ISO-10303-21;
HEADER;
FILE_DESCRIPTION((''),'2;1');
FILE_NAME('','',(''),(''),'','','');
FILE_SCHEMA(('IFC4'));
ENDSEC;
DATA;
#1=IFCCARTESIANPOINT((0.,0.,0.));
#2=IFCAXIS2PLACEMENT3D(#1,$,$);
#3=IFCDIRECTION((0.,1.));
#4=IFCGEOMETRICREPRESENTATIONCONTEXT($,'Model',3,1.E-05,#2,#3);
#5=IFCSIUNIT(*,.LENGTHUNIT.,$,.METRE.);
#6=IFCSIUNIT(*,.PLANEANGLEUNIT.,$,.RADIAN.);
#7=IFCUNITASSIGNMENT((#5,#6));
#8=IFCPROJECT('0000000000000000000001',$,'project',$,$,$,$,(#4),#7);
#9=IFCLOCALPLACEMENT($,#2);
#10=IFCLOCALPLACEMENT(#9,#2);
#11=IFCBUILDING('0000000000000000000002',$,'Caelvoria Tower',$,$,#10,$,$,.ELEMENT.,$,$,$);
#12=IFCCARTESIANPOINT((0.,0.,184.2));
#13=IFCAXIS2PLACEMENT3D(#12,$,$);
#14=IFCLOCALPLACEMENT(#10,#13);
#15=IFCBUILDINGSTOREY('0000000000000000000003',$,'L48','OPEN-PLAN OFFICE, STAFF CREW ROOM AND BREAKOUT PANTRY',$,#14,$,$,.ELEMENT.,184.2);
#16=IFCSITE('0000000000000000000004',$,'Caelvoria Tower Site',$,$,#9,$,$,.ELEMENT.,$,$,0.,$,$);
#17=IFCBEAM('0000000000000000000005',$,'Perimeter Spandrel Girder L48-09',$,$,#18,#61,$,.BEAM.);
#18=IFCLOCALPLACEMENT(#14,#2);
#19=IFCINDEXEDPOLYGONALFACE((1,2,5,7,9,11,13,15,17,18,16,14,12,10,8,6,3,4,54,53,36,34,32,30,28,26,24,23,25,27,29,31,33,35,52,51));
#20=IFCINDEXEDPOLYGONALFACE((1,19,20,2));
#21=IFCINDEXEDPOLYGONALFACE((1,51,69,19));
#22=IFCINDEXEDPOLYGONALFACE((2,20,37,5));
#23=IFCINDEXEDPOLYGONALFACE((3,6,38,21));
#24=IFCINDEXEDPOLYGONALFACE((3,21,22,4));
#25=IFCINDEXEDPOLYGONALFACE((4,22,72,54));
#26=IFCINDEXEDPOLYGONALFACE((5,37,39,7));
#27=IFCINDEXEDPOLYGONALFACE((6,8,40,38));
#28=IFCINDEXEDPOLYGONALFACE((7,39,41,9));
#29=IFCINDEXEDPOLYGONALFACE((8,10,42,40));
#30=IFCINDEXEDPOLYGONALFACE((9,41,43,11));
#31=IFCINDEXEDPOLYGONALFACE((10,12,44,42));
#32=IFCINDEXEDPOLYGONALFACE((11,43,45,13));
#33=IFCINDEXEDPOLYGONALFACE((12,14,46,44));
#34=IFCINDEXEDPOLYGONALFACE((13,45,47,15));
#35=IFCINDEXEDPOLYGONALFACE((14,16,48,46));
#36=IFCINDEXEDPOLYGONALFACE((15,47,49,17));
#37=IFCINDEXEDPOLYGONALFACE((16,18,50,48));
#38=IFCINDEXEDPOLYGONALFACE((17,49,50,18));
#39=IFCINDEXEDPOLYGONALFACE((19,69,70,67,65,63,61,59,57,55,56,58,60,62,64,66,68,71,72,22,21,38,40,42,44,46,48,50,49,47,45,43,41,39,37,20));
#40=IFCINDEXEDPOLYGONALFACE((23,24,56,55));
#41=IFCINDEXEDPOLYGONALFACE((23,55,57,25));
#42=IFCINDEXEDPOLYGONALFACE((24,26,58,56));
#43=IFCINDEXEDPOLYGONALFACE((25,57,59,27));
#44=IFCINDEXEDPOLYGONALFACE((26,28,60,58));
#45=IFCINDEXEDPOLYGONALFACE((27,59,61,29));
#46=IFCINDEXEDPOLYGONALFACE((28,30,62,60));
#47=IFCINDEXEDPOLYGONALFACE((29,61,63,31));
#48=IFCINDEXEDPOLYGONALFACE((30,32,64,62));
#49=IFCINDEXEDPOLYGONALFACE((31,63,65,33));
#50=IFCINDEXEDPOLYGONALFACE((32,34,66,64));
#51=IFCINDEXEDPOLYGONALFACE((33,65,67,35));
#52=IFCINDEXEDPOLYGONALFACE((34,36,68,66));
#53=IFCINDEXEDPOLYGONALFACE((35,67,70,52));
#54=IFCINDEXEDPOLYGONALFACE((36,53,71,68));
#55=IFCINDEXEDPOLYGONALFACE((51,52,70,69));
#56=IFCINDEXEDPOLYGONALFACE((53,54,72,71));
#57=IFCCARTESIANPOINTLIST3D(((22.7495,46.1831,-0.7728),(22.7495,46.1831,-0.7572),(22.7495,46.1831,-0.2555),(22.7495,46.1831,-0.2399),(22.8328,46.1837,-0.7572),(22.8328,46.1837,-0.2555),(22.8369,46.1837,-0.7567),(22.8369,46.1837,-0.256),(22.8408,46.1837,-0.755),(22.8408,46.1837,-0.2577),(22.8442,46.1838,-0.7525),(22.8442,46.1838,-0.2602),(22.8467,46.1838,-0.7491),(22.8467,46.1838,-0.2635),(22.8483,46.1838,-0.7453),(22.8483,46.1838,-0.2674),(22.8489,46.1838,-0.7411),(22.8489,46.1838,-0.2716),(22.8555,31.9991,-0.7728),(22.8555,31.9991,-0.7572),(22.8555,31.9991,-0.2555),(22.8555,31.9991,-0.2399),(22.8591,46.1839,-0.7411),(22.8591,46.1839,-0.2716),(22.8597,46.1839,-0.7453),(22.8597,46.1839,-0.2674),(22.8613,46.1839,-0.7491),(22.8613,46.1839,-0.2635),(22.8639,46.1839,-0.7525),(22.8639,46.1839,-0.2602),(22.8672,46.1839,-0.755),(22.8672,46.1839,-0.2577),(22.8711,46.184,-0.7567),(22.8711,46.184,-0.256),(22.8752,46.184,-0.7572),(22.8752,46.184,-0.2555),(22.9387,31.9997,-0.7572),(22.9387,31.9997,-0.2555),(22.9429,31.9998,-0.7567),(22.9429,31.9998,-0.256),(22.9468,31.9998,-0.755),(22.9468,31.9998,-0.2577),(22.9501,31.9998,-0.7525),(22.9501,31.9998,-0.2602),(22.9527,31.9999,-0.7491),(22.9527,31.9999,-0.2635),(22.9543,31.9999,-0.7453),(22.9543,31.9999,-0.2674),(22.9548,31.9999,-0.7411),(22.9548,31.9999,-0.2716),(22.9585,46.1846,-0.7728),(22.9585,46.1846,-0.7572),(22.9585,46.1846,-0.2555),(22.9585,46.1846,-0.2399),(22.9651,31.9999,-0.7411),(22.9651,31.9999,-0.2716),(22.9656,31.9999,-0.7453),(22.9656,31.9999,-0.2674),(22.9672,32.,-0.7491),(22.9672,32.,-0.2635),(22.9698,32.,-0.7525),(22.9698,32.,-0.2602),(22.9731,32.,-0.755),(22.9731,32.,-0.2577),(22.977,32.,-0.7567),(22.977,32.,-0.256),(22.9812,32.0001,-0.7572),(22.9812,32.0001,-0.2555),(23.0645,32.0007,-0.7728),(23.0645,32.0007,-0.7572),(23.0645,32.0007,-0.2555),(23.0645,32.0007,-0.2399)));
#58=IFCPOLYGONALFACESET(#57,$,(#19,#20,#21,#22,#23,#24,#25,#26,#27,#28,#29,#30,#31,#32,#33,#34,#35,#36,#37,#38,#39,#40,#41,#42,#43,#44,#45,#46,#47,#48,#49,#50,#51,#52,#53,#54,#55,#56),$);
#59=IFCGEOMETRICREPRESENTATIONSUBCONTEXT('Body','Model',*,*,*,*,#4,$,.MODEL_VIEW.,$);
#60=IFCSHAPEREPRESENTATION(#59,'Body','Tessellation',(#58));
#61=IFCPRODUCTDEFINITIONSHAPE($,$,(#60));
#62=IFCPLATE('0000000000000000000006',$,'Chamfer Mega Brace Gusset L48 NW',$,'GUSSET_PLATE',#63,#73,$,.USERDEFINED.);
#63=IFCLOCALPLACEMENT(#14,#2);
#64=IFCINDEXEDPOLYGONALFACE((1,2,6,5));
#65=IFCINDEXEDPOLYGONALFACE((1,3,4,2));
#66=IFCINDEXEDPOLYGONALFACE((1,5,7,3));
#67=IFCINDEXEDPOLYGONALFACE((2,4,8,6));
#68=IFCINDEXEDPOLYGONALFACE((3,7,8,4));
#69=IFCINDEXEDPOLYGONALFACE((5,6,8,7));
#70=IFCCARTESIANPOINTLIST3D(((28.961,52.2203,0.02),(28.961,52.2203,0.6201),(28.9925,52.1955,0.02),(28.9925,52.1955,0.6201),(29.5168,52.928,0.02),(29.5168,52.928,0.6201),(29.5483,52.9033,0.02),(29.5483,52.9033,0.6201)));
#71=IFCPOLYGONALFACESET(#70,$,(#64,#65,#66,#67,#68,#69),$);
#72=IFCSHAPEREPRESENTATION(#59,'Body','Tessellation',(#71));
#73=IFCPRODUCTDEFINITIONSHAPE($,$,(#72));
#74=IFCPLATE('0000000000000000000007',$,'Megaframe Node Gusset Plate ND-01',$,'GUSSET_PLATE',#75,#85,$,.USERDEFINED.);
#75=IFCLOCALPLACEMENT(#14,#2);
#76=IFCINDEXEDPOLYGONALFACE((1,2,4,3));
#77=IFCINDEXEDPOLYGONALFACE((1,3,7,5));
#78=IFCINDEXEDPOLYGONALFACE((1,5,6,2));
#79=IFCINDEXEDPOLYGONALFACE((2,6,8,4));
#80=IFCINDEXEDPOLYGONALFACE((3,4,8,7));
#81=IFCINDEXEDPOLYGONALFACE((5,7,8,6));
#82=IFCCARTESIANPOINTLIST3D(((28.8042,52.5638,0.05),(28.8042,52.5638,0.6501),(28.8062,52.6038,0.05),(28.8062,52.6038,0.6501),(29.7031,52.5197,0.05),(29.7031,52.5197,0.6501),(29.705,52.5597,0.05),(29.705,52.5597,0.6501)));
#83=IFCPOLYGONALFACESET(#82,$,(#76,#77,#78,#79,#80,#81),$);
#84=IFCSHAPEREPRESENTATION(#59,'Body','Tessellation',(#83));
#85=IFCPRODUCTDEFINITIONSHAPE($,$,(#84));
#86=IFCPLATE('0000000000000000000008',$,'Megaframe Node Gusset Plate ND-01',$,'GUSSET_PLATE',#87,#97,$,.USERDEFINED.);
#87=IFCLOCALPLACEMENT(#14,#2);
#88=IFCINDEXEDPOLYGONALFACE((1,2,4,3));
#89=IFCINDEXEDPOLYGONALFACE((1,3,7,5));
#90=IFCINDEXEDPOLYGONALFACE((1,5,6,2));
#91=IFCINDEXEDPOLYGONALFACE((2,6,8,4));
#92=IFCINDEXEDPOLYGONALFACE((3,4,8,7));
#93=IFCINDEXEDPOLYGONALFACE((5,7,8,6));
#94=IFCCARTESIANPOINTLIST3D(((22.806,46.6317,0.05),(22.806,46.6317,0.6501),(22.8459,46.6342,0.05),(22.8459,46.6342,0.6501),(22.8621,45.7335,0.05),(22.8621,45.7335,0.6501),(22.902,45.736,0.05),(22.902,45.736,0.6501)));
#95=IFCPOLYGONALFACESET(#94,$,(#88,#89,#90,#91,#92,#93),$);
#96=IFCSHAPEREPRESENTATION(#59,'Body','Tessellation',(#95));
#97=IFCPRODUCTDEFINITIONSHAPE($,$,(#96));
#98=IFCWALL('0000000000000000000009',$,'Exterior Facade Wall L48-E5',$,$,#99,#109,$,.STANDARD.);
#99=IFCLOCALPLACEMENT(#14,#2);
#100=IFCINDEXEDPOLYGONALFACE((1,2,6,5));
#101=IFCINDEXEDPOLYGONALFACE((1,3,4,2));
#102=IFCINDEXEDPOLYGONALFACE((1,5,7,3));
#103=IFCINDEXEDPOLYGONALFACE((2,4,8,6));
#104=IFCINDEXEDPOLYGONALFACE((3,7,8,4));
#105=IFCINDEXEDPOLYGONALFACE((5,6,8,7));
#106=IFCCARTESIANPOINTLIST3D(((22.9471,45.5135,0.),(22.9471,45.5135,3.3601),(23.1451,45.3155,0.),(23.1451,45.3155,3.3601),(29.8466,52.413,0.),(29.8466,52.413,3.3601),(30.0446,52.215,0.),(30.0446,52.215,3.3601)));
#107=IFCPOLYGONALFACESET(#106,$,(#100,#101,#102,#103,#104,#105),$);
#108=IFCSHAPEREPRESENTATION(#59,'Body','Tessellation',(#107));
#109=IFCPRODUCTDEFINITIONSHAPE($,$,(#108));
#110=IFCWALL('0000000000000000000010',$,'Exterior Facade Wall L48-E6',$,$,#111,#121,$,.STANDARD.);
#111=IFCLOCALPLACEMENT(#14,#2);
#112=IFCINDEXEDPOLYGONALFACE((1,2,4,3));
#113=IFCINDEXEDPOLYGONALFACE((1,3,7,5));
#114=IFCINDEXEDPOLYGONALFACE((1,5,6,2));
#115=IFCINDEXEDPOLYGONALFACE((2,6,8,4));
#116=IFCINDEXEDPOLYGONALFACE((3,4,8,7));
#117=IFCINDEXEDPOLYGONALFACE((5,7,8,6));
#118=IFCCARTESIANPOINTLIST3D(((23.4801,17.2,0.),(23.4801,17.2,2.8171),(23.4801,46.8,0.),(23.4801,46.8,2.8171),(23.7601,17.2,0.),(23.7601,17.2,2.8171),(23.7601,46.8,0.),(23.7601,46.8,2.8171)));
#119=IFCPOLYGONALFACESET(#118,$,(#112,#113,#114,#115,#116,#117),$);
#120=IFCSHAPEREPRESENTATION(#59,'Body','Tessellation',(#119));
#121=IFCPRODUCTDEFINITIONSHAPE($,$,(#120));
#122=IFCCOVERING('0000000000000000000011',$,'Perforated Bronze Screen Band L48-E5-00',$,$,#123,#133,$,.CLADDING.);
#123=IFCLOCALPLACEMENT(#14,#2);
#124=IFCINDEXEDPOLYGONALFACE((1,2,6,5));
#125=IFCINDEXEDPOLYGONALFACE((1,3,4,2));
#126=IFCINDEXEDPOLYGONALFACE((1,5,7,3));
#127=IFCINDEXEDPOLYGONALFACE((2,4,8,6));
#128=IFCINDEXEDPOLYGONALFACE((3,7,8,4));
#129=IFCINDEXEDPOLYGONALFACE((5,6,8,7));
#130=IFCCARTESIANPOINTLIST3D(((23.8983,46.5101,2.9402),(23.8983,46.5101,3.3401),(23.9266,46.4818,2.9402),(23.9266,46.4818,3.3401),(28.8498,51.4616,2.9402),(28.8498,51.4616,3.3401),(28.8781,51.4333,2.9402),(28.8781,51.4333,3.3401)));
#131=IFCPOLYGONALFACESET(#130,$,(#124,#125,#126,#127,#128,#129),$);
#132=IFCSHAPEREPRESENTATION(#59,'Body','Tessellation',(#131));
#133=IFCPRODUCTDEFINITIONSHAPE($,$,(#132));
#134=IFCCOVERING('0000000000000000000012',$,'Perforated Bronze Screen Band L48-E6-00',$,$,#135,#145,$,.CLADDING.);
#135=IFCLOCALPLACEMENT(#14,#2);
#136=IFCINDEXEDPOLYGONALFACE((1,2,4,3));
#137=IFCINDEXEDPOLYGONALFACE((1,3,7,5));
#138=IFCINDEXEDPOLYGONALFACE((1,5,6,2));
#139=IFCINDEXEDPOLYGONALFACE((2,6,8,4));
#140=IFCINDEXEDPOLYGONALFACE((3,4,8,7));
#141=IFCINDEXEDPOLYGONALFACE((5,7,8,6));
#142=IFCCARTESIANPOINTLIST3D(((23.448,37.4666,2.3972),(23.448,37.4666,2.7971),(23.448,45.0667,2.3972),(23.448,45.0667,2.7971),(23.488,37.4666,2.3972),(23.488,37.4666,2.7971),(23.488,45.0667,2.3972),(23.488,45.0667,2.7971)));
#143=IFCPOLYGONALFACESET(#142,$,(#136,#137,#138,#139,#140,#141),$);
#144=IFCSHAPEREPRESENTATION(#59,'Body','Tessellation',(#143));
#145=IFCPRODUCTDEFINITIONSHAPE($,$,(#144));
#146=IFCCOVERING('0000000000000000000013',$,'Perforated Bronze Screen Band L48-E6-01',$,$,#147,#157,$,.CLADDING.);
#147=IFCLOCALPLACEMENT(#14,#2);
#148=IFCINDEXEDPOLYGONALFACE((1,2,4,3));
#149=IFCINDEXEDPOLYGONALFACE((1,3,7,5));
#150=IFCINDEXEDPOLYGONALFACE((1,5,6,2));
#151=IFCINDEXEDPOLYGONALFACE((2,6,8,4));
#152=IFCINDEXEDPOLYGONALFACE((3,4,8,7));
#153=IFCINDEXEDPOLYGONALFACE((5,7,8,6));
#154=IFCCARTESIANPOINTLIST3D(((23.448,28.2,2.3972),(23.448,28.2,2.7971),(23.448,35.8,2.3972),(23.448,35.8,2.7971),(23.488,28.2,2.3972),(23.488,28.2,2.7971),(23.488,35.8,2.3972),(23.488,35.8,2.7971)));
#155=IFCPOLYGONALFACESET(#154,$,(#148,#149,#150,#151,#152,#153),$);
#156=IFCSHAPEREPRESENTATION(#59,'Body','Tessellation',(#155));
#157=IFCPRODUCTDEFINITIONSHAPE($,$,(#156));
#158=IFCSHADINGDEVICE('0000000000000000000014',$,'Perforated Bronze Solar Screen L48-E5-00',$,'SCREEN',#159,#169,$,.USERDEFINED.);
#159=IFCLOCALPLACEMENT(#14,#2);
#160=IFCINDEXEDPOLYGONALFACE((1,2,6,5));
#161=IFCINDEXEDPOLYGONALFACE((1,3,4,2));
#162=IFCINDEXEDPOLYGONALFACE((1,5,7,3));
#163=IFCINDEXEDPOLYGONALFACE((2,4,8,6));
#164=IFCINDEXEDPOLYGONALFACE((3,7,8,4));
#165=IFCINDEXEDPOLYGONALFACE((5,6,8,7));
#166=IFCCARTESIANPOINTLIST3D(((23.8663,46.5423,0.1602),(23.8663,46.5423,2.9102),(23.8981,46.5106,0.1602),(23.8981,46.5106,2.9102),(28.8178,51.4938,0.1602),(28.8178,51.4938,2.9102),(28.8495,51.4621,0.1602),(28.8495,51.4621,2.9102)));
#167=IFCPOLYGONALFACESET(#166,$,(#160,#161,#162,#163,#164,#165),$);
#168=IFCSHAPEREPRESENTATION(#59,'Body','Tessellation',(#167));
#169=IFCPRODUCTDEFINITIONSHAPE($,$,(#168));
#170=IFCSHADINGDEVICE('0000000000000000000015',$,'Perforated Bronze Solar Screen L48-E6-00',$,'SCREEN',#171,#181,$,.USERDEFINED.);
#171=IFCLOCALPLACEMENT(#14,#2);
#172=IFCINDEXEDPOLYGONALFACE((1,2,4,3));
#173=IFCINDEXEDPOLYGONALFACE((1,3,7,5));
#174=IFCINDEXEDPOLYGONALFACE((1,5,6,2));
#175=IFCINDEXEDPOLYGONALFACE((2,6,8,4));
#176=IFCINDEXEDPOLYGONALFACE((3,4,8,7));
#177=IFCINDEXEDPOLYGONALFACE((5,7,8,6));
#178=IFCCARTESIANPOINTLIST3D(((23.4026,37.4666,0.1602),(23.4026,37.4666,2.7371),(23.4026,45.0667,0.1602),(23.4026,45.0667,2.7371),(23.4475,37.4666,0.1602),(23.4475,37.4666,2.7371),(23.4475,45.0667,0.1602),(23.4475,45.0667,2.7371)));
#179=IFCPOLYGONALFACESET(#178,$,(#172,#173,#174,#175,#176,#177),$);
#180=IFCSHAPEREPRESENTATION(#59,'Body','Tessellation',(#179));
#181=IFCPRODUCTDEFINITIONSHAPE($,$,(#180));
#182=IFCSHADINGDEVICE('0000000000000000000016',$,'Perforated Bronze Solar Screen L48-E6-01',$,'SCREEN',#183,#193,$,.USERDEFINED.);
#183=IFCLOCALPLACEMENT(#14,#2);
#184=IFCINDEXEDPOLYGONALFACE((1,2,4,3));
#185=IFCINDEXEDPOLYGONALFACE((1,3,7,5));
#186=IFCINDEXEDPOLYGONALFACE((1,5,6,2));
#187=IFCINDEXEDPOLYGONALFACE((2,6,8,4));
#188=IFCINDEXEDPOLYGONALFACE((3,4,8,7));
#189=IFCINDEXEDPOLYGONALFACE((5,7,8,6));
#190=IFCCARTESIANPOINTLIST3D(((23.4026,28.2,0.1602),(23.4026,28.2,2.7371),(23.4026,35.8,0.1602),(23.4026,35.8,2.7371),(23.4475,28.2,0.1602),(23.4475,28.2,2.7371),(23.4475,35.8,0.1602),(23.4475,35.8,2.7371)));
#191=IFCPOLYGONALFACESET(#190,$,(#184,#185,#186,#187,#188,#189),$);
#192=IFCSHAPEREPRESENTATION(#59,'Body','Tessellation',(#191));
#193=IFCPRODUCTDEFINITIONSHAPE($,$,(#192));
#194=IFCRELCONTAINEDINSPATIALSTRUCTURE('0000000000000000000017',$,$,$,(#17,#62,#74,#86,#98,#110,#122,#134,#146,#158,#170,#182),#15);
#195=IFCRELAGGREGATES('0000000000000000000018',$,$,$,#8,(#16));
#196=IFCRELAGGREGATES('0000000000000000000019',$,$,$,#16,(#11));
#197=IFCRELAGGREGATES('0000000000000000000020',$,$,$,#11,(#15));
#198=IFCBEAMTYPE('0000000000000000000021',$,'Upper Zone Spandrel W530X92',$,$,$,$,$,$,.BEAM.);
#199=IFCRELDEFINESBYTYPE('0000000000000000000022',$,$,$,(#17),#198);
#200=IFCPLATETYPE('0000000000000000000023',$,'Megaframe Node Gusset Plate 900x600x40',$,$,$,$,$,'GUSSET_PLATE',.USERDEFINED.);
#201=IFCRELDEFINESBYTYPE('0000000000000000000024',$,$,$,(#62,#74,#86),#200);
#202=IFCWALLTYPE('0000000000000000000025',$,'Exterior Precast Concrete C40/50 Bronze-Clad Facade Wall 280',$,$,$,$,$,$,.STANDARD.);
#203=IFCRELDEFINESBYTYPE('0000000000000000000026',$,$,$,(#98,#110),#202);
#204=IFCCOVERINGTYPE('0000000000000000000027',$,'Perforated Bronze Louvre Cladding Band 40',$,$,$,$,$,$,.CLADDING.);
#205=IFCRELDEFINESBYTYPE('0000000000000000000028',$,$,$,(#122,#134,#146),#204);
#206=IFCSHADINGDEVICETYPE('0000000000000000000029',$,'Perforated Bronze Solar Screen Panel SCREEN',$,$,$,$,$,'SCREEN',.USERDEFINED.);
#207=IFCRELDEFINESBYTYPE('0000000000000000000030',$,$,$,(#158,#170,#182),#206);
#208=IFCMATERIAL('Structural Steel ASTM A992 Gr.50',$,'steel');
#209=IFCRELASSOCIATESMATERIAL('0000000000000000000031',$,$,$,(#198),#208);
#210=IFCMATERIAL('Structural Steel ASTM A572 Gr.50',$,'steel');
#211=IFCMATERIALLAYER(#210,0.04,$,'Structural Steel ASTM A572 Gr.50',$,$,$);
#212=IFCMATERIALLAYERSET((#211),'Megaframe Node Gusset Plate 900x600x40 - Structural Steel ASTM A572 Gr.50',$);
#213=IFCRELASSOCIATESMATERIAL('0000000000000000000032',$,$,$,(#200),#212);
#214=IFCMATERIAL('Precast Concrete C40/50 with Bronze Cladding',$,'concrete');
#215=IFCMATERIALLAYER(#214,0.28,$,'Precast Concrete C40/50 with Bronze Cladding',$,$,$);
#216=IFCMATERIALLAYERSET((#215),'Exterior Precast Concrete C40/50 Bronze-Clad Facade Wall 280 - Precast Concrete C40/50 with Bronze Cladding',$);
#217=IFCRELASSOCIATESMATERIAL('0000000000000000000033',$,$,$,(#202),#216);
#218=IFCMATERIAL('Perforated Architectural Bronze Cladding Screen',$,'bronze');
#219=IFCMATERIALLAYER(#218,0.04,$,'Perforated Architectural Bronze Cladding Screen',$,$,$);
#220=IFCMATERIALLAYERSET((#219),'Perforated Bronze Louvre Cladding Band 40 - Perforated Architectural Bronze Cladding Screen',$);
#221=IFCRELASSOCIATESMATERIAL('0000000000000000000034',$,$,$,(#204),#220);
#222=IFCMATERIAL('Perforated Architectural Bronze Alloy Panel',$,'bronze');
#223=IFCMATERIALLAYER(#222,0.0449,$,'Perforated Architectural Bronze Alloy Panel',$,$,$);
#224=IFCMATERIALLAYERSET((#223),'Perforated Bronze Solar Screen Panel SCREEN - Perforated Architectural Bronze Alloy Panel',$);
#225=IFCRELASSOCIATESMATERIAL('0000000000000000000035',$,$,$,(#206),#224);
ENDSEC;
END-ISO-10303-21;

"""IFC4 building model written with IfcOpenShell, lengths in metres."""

from ifc_helpers import new_model, si_unit, direction, frame, frame_2d, origin, origin_2d, place, context, subcontext, project, spatial, rectangle, i_section, extrude, material, layer, layer_set, material_profile, profile_set, type_object, element, save


model = new_model("IFC4")

# Units and contexts
model_context = context("Model", 3, precision=1e-05, world=origin(), true_north=direction((0.0, 1.0)))
body_context = subcontext(model_context, "Body", "Model", "MODEL_VIEW")
ifc_project = project(units=[si_unit("LENGTHUNIT", "METRE"), si_unit("PLANEANGLEUNIT", "RADIAN")], contexts=[model_context])

# Site, building, storey
site_placement = place(None, origin())
site = spatial("IfcSite", under=ifc_project, at=site_placement, Name="Caelvoria Tower Site", CompositionType="ELEMENT", RefElevation=0.0)
building_placement = place(site_placement, origin())
building = spatial("IfcBuilding", under=site, at=building_placement, Name="Caelvoria Tower", CompositionType="ELEMENT")
storey_placement = place(building_placement, frame((0.0, 0.0, 184.2)))
storey = spatial("IfcBuildingStorey", under=building, at=storey_placement, Name="L48", Description="OPEN-PLAN OFFICE, STAFF CREW ROOM AND BREAKOUT PANTRY", CompositionType="ELEMENT", Elevation=184.2)

# Shared definitions
ifc_material_1 = material(Name="Structural Steel ASTM A572 Gr.50", Category="steel")

# Shared definitions
ifc_material_2 = material(Name="Structural Steel ASTM A992 Gr.50", Category="steel")

# Beam
ifc_material_profile_1 = material_profile(ifc_material_2, i_section(OverallWidth=0.209, OverallDepth=0.533, WebThickness=0.0103, FlangeThickness=0.0156, FilletRadius=0.0161, at=origin_2d()), Name="Structural Steel ASTM A992 Gr.50")
ifc_profile_set_1 = profile_set([ifc_material_profile_1], Name="W530X92 - Structural Steel ASTM A992 Gr.50")
beam_type_1 = type_object("IfcBeamType", Name="Upper Zone Spandrel W530X92", PredefinedType="BEAM", material=ifc_profile_set_1)
beam_1_placement = place(storey_placement, frame((22.854, 46.1838, -0.5063), z_axis=(0.00747, -0.999972, 0.0), x_axis=(0.999972, 0.00747, 0.0)))
element("IfcBeam", 1, at=beam_1_placement, inside=storey, type_object=beam_type_1, Name="Perimeter Spandrel Girder L48-09", PredefinedType="BEAM", context=body_context, shape_type="SweptSolid", body=[
    extrude(i_section(OverallWidth=0.209, OverallDepth=0.533, WebThickness=0.0103, FlangeThickness=0.0156, FilletRadius=0.0161, at=origin_2d()), origin(), (0.0, 0.0, 1.0), 14.1843),
])

# Plates
ifc_layer_1 = layer(ifc_material_1, 0.04, Name="Structural Steel ASTM A572 Gr.50")
ifc_layer_set_1 = layer_set([ifc_layer_1], Name="Megaframe Node Gusset Plate 900x600x40 - Structural Steel ASTM A572 Gr.50")
plate_type = type_object("IfcPlateType", Name="Megaframe Node Gusset Plate 900x600x40", ElementType="GUSSET_PLATE", PredefinedType="USERDEFINED", material=ifc_layer_set_1)
for number, where, z_axis, x_axis, name in (
    (2, (29.2546, 52.5618, 0.02), (0.0, 0.0, 1.0), (-0.61767, -0.786437, 0.0), "Chamfer Mega Brace Gusset L48 NW"),
    (3, (29.2546, 52.5618, 0.05), (0.0, 0.0, 1.0), (0.998798, -0.049012, 0.0), "Megaframe Node Gusset Plate ND-01"),
    (4, (22.854, 46.1838, 0.05), (0.0, 0.0, 1.0), (0.062352, -0.998054, 0.0), "Megaframe Node Gusset Plate ND-01"),
):
    element("IfcPlate", number, at=place(storey_placement, frame(where, z_axis=z_axis, x_axis=x_axis)), inside=storey, type_object=plate_type, Name=name, ObjectType="GUSSET_PLATE", PredefinedType="USERDEFINED", context=body_context, shape_type="SweptSolid", body=[
        extrude(rectangle(XDim=0.8999, YDim=0.04, at=origin_2d()), origin(), (0.0, 0.0, 1.0), 0.6001),
    ])

# Walls
ifc_material_3 = material(Name="Precast Concrete C40/50 with Bronze Cladding", Category="concrete")
ifc_layer_2 = layer(ifc_material_3, 0.28, Name="Precast Concrete C40/50 with Bronze Cladding")
ifc_layer_set_2 = layer_set([ifc_layer_2], Name="Exterior Precast Concrete C40/50 Bronze-Clad Facade Wall 280 - Precast Concrete C40/50 with Bronze Cladding")
wall_type = type_object("IfcWallType", Name="Exterior Precast Concrete C40/50 Bronze-Clad Facade Wall 280", PredefinedType="STANDARD", material=ifc_layer_set_2)
wall_1_placement = place(storey_placement, frame((29.9456, 52.314, 0.0), z_axis=(0.0, 0.0, 1.0), x_axis=(-0.707107, -0.707107, 0.0)))
element("IfcWall", 5, at=wall_1_placement, inside=storey, type_object=wall_type, Name="Exterior Facade Wall L48-E5", PredefinedType="STANDARD", context=body_context, shape_type="SweptSolid", body=[
    extrude(rectangle(XDim=9.7573, YDim=0.28, at=frame_2d((4.8787, 0.0))), origin(), (0.0, 0.0, 1.0), 3.3601),
])
wall_2_placement = place(storey_placement, frame((23.6201, 46.8, 0.0), z_axis=(0.0, 0.0, 1.0), x_axis=(0.0, -1.0, 0.0)))
element("IfcWall", 6, at=wall_2_placement, inside=storey, type_object=wall_type, Name="Exterior Facade Wall L48-E6", PredefinedType="STANDARD", context=body_context, shape_type="SweptSolid", body=[
    extrude(rectangle(XDim=29.6001, YDim=0.28, at=frame_2d((14.8, 0.0))), origin(), (0.0, 0.0, 1.0), 2.8171),
])

# Coverings
ifc_material_4 = material(Name="Perforated Architectural Bronze Cladding Screen", Category="bronze")
ifc_layer_3 = layer(ifc_material_4, 0.04, Name="Perforated Architectural Bronze Cladding Screen")
ifc_layer_set_3 = layer_set([ifc_layer_3], Name="Perforated Bronze Louvre Cladding Band 40 - Perforated Architectural Bronze Cladding Screen")
covering_type = type_object("IfcCoveringType", Name="Perforated Bronze Louvre Cladding Band 40", PredefinedType="CLADDING", material=ifc_layer_set_3)
covering_placement = place(storey_placement, frame((26.3882, 48.9717, 2.9402), z_axis=(0.0, 0.0, 1.0), x_axis=(-0.707107, -0.707107, 0.0)))
element("IfcCovering", 7, at=covering_placement, inside=storey, type_object=covering_type, Name="Perforated Bronze Screen Band L48-E5-00", PredefinedType="CLADDING", context=body_context, shape_type="SweptSolid", body=[
    extrude(rectangle(XDim=7.0024, YDim=0.04, at=origin_2d()), origin(), (0.0, 0.0, 1.0), 0.3999),
])
for number, where, z_axis, x_axis, name in (
    (8, (23.468, 41.2666, 2.3972), (0.0, 0.0, 1.0), (0.0, -1.0, 0.0), "Perforated Bronze Screen Band L48-E6-00"),
    (9, (23.468, 32.0, 2.3972), (0.0, 0.0, 1.0), (0.0, -1.0, 0.0), "Perforated Bronze Screen Band L48-E6-01"),
):
    element("IfcCovering", number, at=place(storey_placement, frame(where, z_axis=z_axis, x_axis=x_axis)), inside=storey, type_object=covering_type, Name=name, PredefinedType="CLADDING", context=body_context, shape_type="SweptSolid", body=[
        extrude(rectangle(XDim=7.6001, YDim=0.04, at=origin_2d()), origin(), (0.0, 0.0, 1.0), 0.3999),
    ])

# Shading devices
ifc_material_5 = material(Name="Perforated Architectural Bronze Alloy Panel", Category="bronze")
ifc_layer_4 = layer(ifc_material_5, 0.0449, Name="Perforated Architectural Bronze Alloy Panel")
ifc_layer_set_4 = layer_set([ifc_layer_4], Name="Perforated Bronze Solar Screen Panel SCREEN - Perforated Architectural Bronze Alloy Panel")
shading_device_type = type_object("IfcShadingDeviceType", Name="Perforated Bronze Solar Screen Panel SCREEN", ElementType="SCREEN", PredefinedType="USERDEFINED", material=ifc_layer_set_4)
shading_device_placement = place(storey_placement, frame((26.3579, 49.0022, 0.1602), z_axis=(0.0, 0.0, 1.0), x_axis=(-0.707107, -0.707107, 0.0)))
element("IfcShadingDevice", 10, at=shading_device_placement, inside=storey, type_object=shading_device_type, Name="Perforated Bronze Solar Screen L48-E5-00", ObjectType="SCREEN", PredefinedType="USERDEFINED", context=body_context, shape_type="SweptSolid", body=[
    extrude(rectangle(XDim=7.0024, YDim=0.0449, at=origin_2d()), origin(), (0.0, 0.0, 1.0), 2.75),
])
for number, where, z_axis, x_axis, name in (
    (11, (23.425, 41.2666, 0.1602), (0.0, 0.0, 1.0), (0.0, -1.0, 0.0), "Perforated Bronze Solar Screen L48-E6-00"),
    (12, (23.425, 32.0, 0.1602), (0.0, 0.0, 1.0), (0.0, -1.0, 0.0), "Perforated Bronze Solar Screen L48-E6-01"),
):
    element("IfcShadingDevice", number, at=place(storey_placement, frame(where, z_axis=z_axis, x_axis=x_axis)), inside=storey, type_object=shading_device_type, Name=name, ObjectType="SCREEN", PredefinedType="USERDEFINED", context=body_context, shape_type="SweptSolid", body=[
        extrude(rectangle(XDim=7.6001, YDim=0.0449, at=origin_2d()), origin(), (0.0, 0.0, 1.0), 2.5769),
    ])

save(model, "model.ifc")
